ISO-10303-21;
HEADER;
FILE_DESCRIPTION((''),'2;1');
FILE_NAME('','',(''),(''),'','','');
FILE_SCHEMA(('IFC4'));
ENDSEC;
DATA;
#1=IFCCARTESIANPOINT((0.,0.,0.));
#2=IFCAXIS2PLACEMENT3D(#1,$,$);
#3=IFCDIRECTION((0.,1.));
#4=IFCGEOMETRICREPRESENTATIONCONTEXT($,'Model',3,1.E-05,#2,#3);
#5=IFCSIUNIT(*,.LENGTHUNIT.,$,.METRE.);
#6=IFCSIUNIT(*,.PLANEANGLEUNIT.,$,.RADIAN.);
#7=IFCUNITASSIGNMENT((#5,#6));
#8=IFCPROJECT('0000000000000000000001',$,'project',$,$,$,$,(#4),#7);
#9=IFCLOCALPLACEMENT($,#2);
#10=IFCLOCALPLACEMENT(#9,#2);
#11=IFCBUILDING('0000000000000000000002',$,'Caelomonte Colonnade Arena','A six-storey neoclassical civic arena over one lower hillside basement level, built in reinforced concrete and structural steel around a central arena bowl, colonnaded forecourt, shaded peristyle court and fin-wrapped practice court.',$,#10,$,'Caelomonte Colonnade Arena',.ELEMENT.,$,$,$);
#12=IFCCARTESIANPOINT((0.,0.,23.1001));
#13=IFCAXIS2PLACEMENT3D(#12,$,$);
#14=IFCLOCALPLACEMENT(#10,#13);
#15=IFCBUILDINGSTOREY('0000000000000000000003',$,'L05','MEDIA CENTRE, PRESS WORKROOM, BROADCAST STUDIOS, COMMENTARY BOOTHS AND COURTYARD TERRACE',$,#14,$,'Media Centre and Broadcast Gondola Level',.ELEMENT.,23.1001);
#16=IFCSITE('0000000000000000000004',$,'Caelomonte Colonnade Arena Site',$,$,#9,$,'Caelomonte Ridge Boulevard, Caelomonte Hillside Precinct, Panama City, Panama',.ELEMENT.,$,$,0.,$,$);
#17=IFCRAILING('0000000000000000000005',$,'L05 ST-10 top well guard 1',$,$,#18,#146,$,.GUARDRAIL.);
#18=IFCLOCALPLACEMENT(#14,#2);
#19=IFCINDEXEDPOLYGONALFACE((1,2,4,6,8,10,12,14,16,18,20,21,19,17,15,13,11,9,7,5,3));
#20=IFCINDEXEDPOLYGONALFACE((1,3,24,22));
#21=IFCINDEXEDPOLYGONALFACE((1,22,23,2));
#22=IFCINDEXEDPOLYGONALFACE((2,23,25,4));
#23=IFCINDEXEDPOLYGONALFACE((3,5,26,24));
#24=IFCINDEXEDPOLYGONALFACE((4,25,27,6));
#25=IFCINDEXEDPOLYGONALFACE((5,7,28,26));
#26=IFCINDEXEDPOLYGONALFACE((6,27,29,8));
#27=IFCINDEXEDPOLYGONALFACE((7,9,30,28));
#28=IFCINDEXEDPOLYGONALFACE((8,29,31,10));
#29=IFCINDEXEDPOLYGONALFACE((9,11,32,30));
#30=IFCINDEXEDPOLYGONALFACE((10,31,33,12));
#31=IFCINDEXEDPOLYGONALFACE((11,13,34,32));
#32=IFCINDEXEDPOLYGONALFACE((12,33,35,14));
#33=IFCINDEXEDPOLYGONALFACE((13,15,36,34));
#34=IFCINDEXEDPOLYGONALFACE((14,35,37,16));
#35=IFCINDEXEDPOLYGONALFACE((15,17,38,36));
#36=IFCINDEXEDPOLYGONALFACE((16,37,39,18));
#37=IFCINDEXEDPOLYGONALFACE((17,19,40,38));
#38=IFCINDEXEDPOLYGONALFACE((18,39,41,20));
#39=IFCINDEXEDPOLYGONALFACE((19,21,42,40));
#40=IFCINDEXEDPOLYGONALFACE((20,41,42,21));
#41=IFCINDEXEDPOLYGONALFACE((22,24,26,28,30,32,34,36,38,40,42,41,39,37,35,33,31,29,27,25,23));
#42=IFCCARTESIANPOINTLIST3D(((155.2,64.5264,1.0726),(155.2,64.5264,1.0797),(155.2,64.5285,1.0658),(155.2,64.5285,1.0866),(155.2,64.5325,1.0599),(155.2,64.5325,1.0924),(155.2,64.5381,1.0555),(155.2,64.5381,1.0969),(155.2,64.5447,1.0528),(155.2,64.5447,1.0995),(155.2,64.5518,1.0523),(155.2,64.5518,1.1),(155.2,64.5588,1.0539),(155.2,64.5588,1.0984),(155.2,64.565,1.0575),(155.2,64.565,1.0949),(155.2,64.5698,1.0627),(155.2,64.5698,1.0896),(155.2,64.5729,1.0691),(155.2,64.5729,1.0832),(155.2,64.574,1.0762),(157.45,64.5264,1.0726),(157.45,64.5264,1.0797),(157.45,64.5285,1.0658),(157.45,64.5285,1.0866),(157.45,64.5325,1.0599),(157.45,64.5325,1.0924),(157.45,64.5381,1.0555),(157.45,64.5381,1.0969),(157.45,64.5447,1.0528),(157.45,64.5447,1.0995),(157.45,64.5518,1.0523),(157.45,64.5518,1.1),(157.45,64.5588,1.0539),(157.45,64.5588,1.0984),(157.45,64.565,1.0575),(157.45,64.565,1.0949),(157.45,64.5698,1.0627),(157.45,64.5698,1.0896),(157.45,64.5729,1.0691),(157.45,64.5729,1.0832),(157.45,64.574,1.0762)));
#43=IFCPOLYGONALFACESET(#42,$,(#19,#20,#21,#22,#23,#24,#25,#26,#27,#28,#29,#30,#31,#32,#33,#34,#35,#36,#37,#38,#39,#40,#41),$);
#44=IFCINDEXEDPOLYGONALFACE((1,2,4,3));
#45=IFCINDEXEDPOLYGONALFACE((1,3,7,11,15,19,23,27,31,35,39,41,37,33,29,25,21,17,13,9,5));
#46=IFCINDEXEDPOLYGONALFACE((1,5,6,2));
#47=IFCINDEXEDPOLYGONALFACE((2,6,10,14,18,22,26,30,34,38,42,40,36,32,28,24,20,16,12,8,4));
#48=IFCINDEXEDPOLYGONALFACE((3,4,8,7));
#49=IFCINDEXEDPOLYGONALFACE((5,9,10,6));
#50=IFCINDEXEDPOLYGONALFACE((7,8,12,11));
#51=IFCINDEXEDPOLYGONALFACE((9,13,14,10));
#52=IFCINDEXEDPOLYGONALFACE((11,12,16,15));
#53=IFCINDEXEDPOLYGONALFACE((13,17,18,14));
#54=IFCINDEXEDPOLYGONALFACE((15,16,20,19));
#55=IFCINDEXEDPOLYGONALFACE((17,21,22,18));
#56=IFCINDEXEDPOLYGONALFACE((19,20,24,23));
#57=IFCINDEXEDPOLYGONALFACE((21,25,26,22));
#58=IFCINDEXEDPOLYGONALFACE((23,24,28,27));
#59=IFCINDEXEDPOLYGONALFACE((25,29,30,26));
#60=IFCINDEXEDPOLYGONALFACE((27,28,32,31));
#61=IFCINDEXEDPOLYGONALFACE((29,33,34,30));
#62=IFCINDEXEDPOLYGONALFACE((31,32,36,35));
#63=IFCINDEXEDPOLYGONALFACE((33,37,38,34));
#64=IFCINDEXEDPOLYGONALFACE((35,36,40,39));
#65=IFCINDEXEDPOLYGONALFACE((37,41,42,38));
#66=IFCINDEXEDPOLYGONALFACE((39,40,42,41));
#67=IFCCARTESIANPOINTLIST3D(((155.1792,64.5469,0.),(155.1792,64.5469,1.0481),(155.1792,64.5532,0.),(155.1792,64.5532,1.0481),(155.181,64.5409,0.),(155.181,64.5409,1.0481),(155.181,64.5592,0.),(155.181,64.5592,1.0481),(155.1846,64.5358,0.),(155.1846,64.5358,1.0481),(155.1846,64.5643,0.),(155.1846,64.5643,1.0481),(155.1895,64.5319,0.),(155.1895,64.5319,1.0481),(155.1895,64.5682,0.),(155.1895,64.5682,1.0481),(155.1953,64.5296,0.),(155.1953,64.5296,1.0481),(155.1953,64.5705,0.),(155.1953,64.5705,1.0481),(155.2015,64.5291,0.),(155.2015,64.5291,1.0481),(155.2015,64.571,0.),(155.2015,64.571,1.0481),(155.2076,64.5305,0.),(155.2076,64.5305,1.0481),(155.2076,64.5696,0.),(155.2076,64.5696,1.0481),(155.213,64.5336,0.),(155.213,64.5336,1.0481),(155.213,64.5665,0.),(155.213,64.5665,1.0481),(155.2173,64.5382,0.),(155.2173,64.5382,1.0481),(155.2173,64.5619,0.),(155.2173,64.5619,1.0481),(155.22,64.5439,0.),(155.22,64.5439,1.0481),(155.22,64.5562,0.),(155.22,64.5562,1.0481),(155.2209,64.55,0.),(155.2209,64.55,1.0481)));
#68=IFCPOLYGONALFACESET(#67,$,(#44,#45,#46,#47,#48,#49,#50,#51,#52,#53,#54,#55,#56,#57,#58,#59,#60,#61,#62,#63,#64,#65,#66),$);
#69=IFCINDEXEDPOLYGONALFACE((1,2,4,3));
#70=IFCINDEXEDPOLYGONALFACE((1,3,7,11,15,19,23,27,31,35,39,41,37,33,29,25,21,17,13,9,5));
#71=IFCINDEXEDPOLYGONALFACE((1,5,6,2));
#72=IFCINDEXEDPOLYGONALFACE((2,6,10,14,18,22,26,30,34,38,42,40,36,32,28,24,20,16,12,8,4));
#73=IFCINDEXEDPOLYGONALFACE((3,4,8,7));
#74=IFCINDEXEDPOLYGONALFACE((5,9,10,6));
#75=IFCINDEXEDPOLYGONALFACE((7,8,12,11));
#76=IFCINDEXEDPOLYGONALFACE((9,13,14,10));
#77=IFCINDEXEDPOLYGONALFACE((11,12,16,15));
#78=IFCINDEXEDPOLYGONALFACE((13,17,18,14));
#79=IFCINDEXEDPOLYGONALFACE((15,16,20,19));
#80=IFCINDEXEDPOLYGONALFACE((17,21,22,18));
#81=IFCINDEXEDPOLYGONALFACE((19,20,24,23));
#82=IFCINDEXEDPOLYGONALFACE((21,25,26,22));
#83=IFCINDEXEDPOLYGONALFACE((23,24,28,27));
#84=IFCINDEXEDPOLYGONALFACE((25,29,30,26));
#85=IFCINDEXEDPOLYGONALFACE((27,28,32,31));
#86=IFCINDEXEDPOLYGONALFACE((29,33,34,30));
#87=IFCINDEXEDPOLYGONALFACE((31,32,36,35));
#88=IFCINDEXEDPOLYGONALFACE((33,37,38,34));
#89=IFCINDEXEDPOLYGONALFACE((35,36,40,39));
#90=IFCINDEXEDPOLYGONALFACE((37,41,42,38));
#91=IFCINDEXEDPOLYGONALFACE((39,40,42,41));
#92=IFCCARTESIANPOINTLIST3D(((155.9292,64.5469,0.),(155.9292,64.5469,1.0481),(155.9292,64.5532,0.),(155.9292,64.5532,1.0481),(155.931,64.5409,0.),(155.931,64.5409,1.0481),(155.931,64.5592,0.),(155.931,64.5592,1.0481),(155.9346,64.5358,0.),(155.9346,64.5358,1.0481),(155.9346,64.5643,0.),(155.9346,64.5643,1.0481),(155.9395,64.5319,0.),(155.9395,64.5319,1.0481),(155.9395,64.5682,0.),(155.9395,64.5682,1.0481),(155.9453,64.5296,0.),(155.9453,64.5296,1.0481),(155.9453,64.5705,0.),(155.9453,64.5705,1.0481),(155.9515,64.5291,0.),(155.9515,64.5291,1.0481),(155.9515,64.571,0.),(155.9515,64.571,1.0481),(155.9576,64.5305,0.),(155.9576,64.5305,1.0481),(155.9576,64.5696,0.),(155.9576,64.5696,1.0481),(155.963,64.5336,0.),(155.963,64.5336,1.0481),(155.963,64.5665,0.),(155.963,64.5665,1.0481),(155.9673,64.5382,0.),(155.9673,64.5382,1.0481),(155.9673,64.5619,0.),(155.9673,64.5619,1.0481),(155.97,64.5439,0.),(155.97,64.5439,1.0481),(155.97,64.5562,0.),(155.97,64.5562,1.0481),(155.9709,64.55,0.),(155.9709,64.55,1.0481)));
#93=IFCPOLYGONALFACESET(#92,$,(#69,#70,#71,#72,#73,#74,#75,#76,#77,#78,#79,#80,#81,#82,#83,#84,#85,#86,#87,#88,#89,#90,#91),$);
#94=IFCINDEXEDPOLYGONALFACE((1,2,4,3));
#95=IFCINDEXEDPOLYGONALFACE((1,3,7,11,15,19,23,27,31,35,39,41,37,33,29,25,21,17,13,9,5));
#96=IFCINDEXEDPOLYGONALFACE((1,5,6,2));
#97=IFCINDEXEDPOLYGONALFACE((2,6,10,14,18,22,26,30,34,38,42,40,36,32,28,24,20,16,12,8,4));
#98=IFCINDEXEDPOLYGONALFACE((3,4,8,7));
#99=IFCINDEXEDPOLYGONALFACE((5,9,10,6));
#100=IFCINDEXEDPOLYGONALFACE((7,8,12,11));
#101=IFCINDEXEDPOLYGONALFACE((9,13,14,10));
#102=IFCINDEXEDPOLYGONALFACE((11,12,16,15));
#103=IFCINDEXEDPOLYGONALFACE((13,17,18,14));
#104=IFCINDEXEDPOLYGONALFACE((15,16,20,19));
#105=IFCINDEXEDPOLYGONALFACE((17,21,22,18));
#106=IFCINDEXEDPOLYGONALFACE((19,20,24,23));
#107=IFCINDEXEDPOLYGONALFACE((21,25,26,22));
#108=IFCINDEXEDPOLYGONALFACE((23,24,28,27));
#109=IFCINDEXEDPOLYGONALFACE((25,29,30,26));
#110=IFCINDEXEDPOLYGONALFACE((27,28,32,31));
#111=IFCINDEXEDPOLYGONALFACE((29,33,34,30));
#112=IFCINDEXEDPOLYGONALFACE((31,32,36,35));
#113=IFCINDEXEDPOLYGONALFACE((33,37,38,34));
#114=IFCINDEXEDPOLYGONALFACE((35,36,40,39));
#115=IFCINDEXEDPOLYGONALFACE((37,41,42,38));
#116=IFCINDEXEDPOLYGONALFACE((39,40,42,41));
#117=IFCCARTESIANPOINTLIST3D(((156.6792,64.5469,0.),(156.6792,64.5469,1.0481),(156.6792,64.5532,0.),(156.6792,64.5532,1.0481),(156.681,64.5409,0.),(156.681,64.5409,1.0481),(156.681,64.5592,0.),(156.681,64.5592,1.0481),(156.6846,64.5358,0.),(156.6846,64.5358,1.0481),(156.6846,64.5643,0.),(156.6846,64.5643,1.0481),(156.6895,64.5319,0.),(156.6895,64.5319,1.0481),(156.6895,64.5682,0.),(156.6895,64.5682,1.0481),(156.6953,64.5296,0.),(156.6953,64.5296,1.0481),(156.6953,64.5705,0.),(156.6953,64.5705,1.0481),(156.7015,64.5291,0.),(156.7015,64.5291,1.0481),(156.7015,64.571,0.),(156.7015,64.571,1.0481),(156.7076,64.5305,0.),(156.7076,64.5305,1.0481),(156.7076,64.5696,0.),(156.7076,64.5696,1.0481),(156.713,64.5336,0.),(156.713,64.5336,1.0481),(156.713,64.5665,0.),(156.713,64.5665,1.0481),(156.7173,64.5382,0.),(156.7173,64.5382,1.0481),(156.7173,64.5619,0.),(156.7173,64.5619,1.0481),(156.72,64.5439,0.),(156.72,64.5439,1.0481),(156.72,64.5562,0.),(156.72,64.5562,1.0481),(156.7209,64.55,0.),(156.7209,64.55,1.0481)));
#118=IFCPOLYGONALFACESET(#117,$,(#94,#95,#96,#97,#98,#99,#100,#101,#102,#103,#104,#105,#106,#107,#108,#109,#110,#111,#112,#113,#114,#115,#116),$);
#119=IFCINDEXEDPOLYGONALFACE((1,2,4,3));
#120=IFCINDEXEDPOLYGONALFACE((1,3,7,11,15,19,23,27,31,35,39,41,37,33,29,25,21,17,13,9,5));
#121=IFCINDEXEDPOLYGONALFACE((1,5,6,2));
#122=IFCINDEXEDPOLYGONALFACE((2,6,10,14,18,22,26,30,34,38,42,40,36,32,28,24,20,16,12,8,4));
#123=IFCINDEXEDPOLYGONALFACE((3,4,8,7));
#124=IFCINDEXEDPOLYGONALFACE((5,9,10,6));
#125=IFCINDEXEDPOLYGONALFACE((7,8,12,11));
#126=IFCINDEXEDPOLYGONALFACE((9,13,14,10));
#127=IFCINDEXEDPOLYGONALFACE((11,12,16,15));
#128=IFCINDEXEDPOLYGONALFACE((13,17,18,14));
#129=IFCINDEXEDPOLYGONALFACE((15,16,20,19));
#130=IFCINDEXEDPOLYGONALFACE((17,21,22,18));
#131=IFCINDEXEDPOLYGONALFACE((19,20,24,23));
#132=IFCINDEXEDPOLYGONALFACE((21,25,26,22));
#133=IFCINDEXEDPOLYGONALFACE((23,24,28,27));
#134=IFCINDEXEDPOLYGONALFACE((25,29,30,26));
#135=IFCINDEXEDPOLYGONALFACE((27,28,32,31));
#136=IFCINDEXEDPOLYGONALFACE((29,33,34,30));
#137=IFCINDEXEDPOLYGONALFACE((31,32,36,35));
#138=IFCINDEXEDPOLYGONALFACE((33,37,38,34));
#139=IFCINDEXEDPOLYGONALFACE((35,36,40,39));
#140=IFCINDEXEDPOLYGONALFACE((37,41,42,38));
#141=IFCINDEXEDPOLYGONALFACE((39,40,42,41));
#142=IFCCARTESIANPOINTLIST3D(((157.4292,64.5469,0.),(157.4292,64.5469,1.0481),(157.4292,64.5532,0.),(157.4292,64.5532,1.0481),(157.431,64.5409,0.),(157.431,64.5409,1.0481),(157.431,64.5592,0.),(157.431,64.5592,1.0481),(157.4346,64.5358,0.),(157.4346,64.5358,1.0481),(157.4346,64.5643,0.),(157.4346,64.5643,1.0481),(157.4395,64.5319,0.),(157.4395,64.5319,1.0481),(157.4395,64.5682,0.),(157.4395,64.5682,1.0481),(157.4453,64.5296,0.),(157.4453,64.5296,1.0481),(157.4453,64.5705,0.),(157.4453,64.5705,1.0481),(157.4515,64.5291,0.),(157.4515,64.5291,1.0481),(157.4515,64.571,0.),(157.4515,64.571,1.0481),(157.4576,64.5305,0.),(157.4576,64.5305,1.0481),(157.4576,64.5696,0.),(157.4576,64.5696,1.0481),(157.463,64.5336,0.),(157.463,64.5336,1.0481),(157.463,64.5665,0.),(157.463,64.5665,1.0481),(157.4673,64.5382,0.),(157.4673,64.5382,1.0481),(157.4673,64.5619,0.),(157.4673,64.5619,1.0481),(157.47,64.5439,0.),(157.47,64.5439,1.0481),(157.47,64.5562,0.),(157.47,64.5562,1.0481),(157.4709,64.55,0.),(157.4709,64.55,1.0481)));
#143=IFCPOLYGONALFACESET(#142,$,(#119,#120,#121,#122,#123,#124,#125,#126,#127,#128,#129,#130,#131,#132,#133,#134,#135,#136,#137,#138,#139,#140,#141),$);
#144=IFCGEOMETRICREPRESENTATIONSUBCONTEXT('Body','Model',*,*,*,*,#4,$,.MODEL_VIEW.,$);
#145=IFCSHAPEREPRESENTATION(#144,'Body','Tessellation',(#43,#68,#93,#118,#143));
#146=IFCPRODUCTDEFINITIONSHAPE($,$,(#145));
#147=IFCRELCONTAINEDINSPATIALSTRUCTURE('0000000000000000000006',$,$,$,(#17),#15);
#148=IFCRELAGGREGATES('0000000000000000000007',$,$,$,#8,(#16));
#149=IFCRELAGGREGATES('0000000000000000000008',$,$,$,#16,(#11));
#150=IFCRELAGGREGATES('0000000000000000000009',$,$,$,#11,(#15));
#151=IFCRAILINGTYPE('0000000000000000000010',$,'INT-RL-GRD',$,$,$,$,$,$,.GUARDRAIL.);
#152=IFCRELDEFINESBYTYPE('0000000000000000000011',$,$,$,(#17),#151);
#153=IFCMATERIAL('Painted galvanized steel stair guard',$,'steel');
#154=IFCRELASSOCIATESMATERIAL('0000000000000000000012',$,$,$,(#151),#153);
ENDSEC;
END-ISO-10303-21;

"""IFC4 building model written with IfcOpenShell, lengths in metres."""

from ifc_helpers import new_model, si_unit, direction, frame, origin, origin_2d, place, context, subcontext, project, spatial, circle, extrude, material, type_object, element, save


model = new_model("IFC4")

# Units and contexts
model_context = context("Model", 3, precision=1e-05, world=origin(), true_north=direction((0.0, 1.0)))
body_context = subcontext(model_context, "Body", "Model", "MODEL_VIEW")
ifc_project = project(units=[si_unit("LENGTHUNIT", "METRE"), si_unit("PLANEANGLEUNIT", "RADIAN")], contexts=[model_context])

# Site, building, storey
site_placement = place(None, origin())
site = spatial("IfcSite", under=ifc_project, at=site_placement, Name="Caelomonte Colonnade Arena Site", LongName="Caelomonte Ridge Boulevard, Caelomonte Hillside Precinct, Panama City, Panama", CompositionType="ELEMENT", RefElevation=0.0)
building_placement = place(site_placement, origin())
building = spatial("IfcBuilding", under=site, at=building_placement, Name="Caelomonte Colonnade Arena", Description="A six-storey neoclassical civic arena over one lower hillside basement level, built in reinforced concrete and structural steel around a central arena bowl, colonnaded forecourt, shaded peristyle court and fin-wrapped practice court.", LongName="Caelomonte Colonnade Arena", CompositionType="ELEMENT")
storey_placement = place(building_placement, frame((0.0, 0.0, 23.1001)))
storey = spatial("IfcBuildingStorey", under=building, at=storey_placement, Name="L05", Description="MEDIA CENTRE, PRESS WORKROOM, BROADCAST STUDIOS, COMMENTARY BOOTHS AND COURTYARD TERRACE", LongName="Media Centre and Broadcast Gondola Level", CompositionType="ELEMENT", Elevation=23.1001)

# Railing
ifc_material_1 = material(Name="Painted galvanized steel stair guard", Category="steel")
railing_type = type_object("IfcRailingType", Name="INT-RL-GRD", PredefinedType="GUARDRAIL", material=ifc_material_1)
for number, where, name in (
    (1, (155.2, 64.55, 0.0), "L05 ST-10 top well guard 1"),
):
    element("IfcRailing", number, at=place(storey_placement, frame(where)), inside=storey, type_object=railing_type, Name=name, PredefinedType="GUARDRAIL", context=body_context, shape_type="SweptSolid", body=[
        extrude(circle(Radius=0.0239, at=origin_2d()), frame((0.0, 0.0, 1.0762), z_axis=(1.0, 0.0, 0.0), x_axis=(0.0, 1.0, 0.0)), (0.0, 0.0, 1.0), 2.25),
        extrude(circle(Radius=0.021, at=origin_2d()), origin(), (0.0, 0.0, 1.0), 1.0481),
        extrude(circle(Radius=0.021, at=origin_2d()), frame((0.75, 0.0, 0.0)), (0.0, 0.0, 1.0), 1.0481),
        extrude(circle(Radius=0.021, at=origin_2d()), frame((1.5, 0.0, 0.0)), (0.0, 0.0, 1.0), 1.0481),
        extrude(circle(Radius=0.021, at=origin_2d()), frame((2.25, 0.0, 0.0)), (0.0, 0.0, 1.0), 1.0481),
    ])

save(model, "model.ifc")
